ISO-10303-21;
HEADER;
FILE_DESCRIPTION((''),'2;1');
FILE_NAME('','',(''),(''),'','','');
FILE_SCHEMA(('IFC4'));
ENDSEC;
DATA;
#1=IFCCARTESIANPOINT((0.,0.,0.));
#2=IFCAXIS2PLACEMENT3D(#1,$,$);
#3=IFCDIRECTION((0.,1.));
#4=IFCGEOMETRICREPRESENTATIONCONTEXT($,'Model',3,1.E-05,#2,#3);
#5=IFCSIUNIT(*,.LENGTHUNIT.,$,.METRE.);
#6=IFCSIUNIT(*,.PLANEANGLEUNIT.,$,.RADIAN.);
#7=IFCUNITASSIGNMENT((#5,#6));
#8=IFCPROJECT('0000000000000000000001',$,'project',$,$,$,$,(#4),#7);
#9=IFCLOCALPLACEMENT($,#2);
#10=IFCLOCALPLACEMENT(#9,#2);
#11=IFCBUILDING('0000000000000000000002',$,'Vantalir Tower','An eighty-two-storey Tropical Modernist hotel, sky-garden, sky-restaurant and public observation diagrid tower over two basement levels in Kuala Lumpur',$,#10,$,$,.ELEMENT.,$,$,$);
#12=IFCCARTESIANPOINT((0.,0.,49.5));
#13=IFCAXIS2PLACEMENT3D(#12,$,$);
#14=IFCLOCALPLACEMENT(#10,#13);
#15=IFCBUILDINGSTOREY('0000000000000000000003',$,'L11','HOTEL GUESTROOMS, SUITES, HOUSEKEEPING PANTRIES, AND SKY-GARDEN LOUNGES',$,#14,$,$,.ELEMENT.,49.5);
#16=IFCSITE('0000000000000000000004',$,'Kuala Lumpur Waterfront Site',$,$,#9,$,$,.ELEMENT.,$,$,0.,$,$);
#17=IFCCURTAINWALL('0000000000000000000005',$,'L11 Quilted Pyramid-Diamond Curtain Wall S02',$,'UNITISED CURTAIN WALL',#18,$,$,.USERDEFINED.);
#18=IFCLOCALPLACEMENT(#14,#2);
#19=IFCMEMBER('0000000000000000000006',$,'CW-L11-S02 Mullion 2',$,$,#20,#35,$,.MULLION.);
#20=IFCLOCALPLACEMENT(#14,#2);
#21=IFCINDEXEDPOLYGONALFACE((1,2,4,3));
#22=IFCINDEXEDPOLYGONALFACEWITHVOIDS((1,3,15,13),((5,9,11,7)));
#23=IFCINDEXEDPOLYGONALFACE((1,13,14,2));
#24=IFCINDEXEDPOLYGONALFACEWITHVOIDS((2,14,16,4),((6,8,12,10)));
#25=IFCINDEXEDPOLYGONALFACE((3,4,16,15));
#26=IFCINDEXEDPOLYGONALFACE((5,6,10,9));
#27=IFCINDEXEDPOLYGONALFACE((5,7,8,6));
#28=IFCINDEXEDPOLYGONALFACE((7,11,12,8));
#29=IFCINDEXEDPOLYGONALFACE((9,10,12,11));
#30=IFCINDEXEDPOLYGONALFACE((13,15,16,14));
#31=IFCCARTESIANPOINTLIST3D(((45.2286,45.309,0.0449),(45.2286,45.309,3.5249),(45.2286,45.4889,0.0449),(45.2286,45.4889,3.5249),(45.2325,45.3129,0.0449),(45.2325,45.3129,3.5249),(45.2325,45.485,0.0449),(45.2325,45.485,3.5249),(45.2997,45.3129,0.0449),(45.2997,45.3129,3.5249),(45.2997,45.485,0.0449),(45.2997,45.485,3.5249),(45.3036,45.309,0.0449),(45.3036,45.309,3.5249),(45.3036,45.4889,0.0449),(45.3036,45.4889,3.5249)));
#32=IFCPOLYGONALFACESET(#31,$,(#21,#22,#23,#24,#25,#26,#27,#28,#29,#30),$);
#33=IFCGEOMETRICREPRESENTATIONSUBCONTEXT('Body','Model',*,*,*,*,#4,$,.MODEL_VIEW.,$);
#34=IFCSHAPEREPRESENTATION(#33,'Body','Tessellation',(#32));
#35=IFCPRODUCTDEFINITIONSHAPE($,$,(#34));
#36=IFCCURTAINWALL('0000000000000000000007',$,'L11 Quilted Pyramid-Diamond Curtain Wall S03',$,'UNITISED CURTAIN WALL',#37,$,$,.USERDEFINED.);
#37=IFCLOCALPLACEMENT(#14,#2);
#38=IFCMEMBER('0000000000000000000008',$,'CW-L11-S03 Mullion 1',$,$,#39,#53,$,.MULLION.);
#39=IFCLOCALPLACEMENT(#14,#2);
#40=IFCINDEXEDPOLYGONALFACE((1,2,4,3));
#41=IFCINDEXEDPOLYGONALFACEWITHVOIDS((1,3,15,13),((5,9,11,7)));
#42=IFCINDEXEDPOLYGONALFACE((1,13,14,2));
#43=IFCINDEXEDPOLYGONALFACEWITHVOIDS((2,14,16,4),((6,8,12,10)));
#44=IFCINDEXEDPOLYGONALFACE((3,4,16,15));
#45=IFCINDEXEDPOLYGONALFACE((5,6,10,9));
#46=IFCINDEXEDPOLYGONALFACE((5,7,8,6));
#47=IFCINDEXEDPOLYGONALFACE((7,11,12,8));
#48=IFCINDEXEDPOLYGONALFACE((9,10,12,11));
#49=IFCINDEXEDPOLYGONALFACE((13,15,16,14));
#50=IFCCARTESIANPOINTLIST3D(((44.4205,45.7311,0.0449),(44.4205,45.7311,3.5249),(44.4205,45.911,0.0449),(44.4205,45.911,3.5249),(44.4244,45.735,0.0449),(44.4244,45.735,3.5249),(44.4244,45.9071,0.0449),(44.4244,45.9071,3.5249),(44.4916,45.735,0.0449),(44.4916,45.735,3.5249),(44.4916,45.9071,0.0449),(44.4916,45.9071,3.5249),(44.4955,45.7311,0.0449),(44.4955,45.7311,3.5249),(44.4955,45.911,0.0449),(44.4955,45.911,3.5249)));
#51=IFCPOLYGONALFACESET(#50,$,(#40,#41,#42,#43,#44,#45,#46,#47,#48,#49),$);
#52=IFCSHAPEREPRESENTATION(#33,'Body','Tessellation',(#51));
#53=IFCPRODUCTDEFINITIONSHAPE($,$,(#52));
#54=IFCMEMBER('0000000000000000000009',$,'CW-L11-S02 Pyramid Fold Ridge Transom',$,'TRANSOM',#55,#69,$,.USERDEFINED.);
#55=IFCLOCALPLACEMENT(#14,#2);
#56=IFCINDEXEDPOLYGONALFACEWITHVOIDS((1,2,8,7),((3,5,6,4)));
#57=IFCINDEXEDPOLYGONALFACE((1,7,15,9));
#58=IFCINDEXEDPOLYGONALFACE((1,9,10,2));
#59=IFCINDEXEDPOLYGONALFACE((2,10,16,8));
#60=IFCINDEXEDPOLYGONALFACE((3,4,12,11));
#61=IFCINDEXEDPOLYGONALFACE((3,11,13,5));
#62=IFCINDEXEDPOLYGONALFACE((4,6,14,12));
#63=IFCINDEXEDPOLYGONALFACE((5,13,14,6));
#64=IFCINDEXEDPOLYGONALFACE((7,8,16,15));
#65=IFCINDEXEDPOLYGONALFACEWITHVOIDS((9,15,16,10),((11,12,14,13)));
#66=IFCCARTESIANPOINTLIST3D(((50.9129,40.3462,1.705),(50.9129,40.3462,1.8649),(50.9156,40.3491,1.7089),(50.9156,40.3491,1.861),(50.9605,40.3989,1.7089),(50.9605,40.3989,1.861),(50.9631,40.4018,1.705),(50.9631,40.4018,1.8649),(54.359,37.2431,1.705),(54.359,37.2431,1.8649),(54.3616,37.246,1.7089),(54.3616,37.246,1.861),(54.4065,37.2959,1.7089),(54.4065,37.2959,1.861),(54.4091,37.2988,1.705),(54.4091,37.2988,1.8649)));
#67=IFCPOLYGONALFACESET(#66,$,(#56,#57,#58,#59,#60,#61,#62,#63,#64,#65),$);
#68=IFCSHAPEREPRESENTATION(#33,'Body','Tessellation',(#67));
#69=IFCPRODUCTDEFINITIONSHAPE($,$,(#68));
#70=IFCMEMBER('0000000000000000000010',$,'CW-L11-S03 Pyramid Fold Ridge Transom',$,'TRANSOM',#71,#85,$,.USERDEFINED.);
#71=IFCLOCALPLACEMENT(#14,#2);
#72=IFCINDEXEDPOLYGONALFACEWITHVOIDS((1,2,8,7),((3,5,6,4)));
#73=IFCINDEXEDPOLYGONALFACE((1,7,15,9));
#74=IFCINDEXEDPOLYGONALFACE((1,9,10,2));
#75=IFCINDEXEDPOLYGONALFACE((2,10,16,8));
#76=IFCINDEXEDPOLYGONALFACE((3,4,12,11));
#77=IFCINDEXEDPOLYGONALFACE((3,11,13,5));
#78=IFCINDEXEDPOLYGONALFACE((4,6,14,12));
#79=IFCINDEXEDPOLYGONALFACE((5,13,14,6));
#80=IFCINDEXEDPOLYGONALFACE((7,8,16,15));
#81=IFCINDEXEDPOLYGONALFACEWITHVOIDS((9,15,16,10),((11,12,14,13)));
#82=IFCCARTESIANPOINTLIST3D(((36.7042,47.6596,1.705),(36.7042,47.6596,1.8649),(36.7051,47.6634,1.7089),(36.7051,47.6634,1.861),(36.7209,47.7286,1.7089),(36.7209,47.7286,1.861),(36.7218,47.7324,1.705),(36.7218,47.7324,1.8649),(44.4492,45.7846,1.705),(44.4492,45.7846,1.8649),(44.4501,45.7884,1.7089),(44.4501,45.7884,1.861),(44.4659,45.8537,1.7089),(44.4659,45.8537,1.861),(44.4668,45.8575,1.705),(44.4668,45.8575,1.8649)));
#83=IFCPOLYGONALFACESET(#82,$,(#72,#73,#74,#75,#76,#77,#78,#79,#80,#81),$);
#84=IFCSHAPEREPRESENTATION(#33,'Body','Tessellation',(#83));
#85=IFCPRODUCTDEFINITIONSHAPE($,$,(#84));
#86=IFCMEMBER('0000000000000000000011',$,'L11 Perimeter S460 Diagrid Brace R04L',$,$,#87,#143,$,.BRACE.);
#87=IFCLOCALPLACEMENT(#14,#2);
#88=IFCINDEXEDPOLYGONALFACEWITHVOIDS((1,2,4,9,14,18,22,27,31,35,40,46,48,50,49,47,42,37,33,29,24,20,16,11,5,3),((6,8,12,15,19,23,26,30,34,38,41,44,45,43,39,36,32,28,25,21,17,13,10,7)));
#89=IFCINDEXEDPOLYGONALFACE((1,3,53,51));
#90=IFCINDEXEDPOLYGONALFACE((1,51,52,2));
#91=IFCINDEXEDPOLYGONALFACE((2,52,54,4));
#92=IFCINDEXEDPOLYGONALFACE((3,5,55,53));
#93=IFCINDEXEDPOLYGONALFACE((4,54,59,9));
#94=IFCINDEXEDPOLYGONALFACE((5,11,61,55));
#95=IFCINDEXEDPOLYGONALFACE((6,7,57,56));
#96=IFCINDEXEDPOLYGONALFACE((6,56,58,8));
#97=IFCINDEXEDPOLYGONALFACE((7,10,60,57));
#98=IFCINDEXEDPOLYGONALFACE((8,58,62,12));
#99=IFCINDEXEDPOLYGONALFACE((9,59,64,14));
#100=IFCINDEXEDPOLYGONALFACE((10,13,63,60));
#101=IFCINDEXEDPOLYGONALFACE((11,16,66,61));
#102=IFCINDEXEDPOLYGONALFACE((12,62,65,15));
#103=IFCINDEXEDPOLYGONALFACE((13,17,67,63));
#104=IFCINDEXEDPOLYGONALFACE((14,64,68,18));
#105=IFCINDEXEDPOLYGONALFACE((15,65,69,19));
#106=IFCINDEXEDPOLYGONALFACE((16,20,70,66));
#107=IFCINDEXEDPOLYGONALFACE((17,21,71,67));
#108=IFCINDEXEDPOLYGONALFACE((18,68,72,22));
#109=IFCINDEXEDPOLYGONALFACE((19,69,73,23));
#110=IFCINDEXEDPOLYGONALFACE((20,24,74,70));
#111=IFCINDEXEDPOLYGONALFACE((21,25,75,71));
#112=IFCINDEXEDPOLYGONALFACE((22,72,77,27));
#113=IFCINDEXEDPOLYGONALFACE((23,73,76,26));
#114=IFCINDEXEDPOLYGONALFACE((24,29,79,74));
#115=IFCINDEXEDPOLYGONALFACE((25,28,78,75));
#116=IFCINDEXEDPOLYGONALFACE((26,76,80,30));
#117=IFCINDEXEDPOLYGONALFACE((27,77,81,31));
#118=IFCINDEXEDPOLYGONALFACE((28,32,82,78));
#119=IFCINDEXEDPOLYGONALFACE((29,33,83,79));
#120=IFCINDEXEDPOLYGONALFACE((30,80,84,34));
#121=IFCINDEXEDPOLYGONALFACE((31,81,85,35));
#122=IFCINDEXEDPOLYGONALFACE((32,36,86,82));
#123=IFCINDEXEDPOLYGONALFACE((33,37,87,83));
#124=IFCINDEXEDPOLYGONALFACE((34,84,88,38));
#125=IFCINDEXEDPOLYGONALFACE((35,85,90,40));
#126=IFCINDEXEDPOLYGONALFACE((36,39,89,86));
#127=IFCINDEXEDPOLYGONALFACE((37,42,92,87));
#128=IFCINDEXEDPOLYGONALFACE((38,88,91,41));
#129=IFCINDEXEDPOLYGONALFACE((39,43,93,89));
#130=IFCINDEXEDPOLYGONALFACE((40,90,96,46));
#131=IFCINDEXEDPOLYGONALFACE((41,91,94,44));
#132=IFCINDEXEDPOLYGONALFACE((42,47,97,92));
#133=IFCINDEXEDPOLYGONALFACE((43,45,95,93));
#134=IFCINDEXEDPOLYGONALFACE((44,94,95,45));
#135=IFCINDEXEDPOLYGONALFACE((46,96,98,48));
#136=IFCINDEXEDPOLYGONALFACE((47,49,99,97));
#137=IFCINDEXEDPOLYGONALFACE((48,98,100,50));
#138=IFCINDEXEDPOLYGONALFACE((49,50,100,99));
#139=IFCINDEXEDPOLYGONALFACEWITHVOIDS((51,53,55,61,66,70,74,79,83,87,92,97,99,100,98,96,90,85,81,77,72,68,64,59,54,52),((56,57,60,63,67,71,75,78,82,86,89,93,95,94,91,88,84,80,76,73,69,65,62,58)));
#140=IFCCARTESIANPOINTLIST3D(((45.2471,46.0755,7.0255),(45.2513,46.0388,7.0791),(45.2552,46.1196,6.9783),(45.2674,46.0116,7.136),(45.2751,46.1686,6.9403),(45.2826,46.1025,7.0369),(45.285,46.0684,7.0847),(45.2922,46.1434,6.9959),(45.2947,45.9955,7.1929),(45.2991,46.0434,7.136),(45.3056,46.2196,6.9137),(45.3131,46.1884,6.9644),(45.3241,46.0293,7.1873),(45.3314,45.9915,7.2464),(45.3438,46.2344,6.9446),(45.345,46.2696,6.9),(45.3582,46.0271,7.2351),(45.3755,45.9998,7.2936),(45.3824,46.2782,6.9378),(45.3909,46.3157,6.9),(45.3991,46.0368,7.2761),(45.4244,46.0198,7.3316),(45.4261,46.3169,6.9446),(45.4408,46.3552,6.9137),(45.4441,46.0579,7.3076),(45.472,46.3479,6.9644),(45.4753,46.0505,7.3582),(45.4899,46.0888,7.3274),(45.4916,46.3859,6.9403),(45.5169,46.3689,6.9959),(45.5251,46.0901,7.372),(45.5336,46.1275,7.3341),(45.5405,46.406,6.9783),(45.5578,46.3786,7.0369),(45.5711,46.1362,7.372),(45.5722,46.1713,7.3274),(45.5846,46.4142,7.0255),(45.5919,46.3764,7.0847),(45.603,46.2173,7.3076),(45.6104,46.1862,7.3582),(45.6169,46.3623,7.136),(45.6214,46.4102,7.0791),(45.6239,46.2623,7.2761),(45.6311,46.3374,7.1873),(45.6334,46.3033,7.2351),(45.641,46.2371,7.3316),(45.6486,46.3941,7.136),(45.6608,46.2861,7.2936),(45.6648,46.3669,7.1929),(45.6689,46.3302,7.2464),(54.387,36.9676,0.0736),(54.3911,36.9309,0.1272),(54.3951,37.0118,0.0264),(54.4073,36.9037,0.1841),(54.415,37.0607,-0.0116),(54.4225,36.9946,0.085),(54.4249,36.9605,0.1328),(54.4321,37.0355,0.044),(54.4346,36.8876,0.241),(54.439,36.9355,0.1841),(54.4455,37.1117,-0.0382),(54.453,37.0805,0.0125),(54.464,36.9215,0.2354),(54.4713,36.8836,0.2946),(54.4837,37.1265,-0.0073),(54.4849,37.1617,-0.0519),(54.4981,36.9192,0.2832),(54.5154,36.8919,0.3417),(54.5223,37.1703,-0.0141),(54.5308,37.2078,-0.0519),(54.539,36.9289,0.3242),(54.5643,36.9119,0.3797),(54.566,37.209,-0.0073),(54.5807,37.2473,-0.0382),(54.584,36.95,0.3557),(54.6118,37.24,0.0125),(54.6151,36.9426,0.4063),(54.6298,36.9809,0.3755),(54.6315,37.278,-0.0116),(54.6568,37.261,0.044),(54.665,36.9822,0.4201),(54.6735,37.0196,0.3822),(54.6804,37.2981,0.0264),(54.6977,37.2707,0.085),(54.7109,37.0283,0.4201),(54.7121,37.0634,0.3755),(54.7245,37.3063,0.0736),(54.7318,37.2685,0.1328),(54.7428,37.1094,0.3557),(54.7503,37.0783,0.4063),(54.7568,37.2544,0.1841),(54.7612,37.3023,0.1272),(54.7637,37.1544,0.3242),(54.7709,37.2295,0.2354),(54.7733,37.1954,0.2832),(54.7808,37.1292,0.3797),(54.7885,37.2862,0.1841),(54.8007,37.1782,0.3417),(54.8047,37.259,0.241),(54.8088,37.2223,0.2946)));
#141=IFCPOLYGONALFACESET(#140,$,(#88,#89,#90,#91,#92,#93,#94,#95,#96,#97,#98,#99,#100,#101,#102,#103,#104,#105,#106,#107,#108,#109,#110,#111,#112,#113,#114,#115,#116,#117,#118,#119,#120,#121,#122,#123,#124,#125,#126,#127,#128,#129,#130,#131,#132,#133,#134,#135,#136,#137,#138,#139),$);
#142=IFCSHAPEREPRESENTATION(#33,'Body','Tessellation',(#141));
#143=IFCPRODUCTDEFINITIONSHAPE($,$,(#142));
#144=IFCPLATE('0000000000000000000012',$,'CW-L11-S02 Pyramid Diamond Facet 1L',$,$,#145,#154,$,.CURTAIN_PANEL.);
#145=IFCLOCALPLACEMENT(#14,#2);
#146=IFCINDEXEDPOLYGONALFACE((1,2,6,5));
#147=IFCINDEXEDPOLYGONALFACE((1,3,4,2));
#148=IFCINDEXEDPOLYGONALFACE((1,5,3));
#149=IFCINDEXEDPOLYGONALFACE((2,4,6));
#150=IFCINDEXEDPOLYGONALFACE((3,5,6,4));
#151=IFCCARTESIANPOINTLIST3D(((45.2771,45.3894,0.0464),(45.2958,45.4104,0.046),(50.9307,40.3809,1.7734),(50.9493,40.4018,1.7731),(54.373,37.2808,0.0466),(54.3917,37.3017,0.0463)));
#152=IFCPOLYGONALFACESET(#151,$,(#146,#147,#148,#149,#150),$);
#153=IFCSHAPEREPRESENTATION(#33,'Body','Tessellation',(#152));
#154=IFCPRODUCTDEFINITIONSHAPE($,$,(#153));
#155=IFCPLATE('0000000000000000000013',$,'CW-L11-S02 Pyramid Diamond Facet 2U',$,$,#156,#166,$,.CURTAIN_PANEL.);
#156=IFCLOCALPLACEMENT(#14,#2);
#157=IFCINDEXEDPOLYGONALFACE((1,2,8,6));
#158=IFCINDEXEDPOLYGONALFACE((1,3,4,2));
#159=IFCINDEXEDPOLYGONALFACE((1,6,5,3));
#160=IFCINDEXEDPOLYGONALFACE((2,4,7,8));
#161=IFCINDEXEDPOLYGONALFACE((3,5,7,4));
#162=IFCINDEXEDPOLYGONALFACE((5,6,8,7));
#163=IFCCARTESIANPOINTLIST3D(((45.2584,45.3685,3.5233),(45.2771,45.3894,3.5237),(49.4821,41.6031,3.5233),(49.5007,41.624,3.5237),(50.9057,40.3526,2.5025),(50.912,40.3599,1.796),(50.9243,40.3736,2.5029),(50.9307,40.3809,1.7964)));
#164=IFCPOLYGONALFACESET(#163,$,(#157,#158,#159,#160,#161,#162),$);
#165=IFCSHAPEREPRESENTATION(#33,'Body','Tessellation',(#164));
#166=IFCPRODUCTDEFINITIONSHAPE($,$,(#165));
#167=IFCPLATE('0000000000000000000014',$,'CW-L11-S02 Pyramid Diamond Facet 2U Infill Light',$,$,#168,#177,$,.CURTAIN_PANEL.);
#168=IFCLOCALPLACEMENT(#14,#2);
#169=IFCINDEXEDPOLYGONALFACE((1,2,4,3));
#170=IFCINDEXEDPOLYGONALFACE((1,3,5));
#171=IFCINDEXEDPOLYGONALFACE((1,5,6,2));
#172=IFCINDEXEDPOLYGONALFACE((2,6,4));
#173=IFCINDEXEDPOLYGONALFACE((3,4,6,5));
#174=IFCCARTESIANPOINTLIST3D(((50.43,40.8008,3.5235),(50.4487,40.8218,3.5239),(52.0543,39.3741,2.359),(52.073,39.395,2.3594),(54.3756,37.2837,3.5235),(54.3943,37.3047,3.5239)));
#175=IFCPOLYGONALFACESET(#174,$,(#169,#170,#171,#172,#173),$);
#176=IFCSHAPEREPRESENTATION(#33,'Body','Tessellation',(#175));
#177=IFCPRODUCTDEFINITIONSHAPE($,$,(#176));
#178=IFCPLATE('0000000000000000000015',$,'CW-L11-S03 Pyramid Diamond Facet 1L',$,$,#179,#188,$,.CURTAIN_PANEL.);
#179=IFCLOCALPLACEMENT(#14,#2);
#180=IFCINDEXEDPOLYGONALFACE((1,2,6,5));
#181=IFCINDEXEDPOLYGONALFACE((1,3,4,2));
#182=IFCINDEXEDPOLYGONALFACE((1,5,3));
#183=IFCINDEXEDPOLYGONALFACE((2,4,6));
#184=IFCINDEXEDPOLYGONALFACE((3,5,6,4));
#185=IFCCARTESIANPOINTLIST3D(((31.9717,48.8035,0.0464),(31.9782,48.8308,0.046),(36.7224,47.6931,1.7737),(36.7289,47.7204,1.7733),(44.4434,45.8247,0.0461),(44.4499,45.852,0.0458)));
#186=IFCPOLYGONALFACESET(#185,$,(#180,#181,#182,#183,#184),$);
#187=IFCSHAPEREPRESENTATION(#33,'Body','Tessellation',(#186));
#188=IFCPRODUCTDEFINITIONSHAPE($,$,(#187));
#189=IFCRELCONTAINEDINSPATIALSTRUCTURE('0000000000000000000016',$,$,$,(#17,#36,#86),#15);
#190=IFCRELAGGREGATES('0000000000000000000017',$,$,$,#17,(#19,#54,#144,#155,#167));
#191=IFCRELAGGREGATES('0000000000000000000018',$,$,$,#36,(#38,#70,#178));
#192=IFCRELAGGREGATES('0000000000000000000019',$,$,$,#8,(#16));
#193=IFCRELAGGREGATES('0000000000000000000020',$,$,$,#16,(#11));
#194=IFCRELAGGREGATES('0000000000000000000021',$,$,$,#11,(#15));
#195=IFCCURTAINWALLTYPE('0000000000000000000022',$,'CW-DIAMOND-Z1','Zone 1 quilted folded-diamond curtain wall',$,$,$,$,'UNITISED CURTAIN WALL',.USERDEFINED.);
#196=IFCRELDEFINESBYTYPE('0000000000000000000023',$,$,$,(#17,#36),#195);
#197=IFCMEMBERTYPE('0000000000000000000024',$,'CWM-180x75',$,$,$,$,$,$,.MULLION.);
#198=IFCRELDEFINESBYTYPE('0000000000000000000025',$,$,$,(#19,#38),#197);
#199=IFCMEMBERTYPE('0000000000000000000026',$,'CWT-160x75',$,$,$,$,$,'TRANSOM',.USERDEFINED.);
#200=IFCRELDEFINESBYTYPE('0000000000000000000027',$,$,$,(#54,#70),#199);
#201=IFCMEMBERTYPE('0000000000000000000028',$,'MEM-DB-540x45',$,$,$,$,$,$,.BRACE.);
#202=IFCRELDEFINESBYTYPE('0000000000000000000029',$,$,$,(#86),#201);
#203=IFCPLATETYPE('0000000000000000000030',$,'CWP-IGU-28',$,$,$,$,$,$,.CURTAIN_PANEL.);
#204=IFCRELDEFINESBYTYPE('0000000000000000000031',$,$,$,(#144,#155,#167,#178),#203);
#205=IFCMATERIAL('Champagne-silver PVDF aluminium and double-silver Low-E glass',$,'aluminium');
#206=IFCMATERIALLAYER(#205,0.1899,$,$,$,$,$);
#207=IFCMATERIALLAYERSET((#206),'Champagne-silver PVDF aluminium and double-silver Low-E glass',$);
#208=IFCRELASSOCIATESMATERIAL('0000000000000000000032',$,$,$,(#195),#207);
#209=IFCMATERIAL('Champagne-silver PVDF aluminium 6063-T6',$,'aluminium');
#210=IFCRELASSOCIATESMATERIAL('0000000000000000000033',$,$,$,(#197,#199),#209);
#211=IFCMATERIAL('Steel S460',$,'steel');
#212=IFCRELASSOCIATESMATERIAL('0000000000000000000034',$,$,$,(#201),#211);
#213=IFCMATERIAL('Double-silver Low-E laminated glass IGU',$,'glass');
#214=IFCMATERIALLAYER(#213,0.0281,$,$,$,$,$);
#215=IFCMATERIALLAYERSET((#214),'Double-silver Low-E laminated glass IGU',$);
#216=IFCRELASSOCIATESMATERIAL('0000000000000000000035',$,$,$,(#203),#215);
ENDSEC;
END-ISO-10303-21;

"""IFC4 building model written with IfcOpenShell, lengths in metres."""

from ifc_helpers import new_model, si_unit, direction, frame, origin, origin_2d, place, context, subcontext, project, spatial, polyline, hollow_rectangle, hollow_circle, outline, extrude, material, layer, layer_set, material_profile, profile_set, type_object, element, aggregate, save


model = new_model("IFC4")

# Units and contexts
model_context = context("Model", 3, precision=1e-05, world=origin(), true_north=direction((0.0, 1.0)))
body_context = subcontext(model_context, "Body", "Model", "MODEL_VIEW")
ifc_project = project(units=[si_unit("LENGTHUNIT", "METRE"), si_unit("PLANEANGLEUNIT", "RADIAN")], contexts=[model_context])

# Site, building, storey
site_placement = place(None, origin())
site = spatial("IfcSite", under=ifc_project, at=site_placement, Name="Kuala Lumpur Waterfront Site", CompositionType="ELEMENT", RefElevation=0.0)
building_placement = place(site_placement, origin())
building = spatial("IfcBuilding", under=site, at=building_placement, Name="Vantalir Tower", Description="An eighty-two-storey Tropical Modernist hotel, sky-garden, sky-restaurant and public observation diagrid tower over two basement levels in Kuala Lumpur", CompositionType="ELEMENT")
storey_placement = place(building_placement, frame((0.0, 0.0, 49.5)))
storey = spatial("IfcBuildingStorey", under=building, at=storey_placement, Name="L11", Description="HOTEL GUESTROOMS, SUITES, HOUSEKEEPING PANTRIES, AND SKY-GARDEN LOUNGES", CompositionType="ELEMENT", Elevation=49.5)

# Shared definitions
ifc_material_1 = material(Name="Steel S460", Category="steel")

# Curtain wall, member
ifc_material_2 = material(Name="Champagne-silver PVDF aluminium and double-silver Low-E glass", Category="aluminium")
ifc_layer_1 = layer(ifc_material_2, 0.1899)
ifc_layer_set_1 = layer_set([ifc_layer_1], Name="Champagne-silver PVDF aluminium and double-silver Low-E glass")
curtain_wall_type = type_object("IfcCurtainWallType", Name="CW-DIAMOND-Z1", Description="Zone 1 quilted folded-diamond curtain wall", ElementType="UNITISED CURTAIN WALL", PredefinedType="USERDEFINED", material=ifc_layer_set_1)
curtain_wall_1_placement = place(storey_placement, origin())
curtain_wall_1 = element("IfcCurtainWall", 1, at=curtain_wall_1_placement, inside=storey, type_object=curtain_wall_type, Name="L11 Quilted Pyramid-Diamond Curtain Wall S02", ObjectType="UNITISED CURTAIN WALL", PredefinedType="USERDEFINED")
ifc_material_3 = material(Name="Champagne-silver PVDF aluminium 6063-T6", Category="aluminium")
ifc_material_profile_1 = material_profile(ifc_material_3, hollow_rectangle(XDim=0.075, YDim=0.1799, WallThickness=0.0039, at=origin_2d()), Name="Champagne-silver PVDF aluminium 6063-T6")
ifc_profile_set_1 = profile_set([ifc_material_profile_1], Name="Champagne-silver PVDF aluminium 6063-T6")
member_type_1 = type_object("IfcMemberType", Name="CWM-180x75", PredefinedType="MULLION", material=ifc_profile_set_1)
member_1_placement = place(storey_placement, frame((45.2661, 45.3989, 0.0449), z_axis=(0.0, 0.0, 1.0), x_axis=(1.0, 0.0, 0.0)))
member_1 = element("IfcMember", 2, at=member_1_placement, type_object=member_type_1, Name="CW-L11-S02 Mullion 2", PredefinedType="MULLION", context=body_context, shape_type="SweptSolid", body=[
    extrude(hollow_rectangle(XDim=0.075, YDim=0.1799, WallThickness=0.0039, at=origin_2d()), origin(), (0.0, 0.0, 1.0), 3.48),
])

# Curtain wall, member
curtain_wall_2_placement = place(storey_placement, origin())
curtain_wall_2 = element("IfcCurtainWall", 3, at=curtain_wall_2_placement, inside=storey, type_object=curtain_wall_type, Name="L11 Quilted Pyramid-Diamond Curtain Wall S03", ObjectType="UNITISED CURTAIN WALL", PredefinedType="USERDEFINED")
member_2_placement = place(storey_placement, frame((44.458, 45.821, 0.0449), z_axis=(0.0, 0.0, 1.0), x_axis=(1.0, 0.0, 0.0)))
member_2 = element("IfcMember", 4, at=member_2_placement, type_object=member_type_1, Name="CW-L11-S03 Mullion 1", PredefinedType="MULLION", context=body_context, shape_type="SweptSolid", body=[
    extrude(hollow_rectangle(XDim=0.075, YDim=0.1799, WallThickness=0.0039, at=origin_2d()), origin(), (0.0, 0.0, 1.0), 3.48),
])

# Members
ifc_material_profile_2 = material_profile(ifc_material_3, hollow_rectangle(XDim=0.075, YDim=0.1599, WallThickness=0.0039, at=origin_2d()), Name="Champagne-silver PVDF aluminium 6063-T6")
ifc_profile_set_2 = profile_set([ifc_material_profile_2], Name="Champagne-silver PVDF aluminium 6063-T6")
member_type_2 = type_object("IfcMemberType", Name="CWT-160x75", ElementType="TRANSOM", PredefinedType="USERDEFINED", material=ifc_profile_set_2)
member_3_placement = place(storey_placement, frame((54.384, 37.271, 1.7849), z_axis=(-0.743124, 0.669154, 0.0), x_axis=(-0.669154, -0.743124, 0.0)))
member_3 = element("IfcMember", 5, at=member_3_placement, type_object=member_type_2, Name="CW-L11-S02 Pyramid Fold Ridge Transom", ObjectType="TRANSOM", PredefinedType="USERDEFINED", context=body_context, shape_type="SweptSolid", body=[
    extrude(hollow_rectangle(XDim=0.075, YDim=0.1599, WallThickness=0.0039, at=origin_2d()), origin(), (0.0, 0.0, 1.0), 4.6372),
])
member_4_placement = place(storey_placement, frame((44.458, 45.821, 1.7849), z_axis=(-0.971925, 0.235291, 0.0), x_axis=(-0.235291, -0.971925, 0.0)))
member_4 = element("IfcMember", 6, at=member_4_placement, type_object=member_type_2, Name="CW-L11-S03 Pyramid Fold Ridge Transom", ObjectType="TRANSOM", PredefinedType="USERDEFINED", context=body_context, shape_type="SweptSolid", body=[
    extrude(hollow_rectangle(XDim=0.075, YDim=0.1599, WallThickness=0.0039, at=origin_2d()), origin(), (0.0, 0.0, 1.0), 7.9688),
])
ifc_material_profile_3 = material_profile(ifc_material_1, hollow_circle(Radius=0.27, WallThickness=0.0449, at=origin_2d()), Name="Steel S460")
ifc_profile_set_3 = profile_set([ifc_material_profile_3], Name="Steel S460")
member_type_3 = type_object("IfcMemberType", Name="MEM-DB-540x45", PredefinedType="BRACE", material=ifc_profile_set_3)
member_5_placement = place(storey_placement, frame((54.5979, 37.095, 0.1841), z_axis=(-0.623596, 0.621414, 0.474314), x_axis=(-0.705866, -0.708345, 0.0)))
element("IfcMember", 7, at=member_5_placement, inside=storey, type_object=member_type_3, Name="L11 Perimeter S460 Diagrid Brace R04L", PredefinedType="BRACE", context=body_context, shape_type="SweptSolid", body=[
    extrude(hollow_circle(Radius=0.27, WallThickness=0.0449, at=origin_2d()), origin(), (0.0, 0.0, 1.0), 14.6567),
])

# Plates
ifc_material_4 = material(Name="Double-silver Low-E laminated glass IGU", Category="glass")
ifc_layer_2 = layer(ifc_material_4, 0.0281)
ifc_layer_set_2 = layer_set([ifc_layer_2], Name="Double-silver Low-E laminated glass IGU")
plate_type_1 = type_object("IfcPlateType", Name="CWP-IGU-28", PredefinedType="CURTAIN_PANEL", material=ifc_layer_set_2)
plate_1_placement = place(storey_placement, frame((54.373, 37.2808, 0.0466), z_axis=(-0.665373, -0.746388, 0.013555), x_axis=(-0.746457, 0.665434, -0.00002)))
plate_1 = element("IfcPlate", 8, at=plate_1_placement, type_object=plate_type_1, Name="CW-L11-S02 Pyramid Diamond Facet 1L", PredefinedType="CURTAIN_PANEL", context=body_context, shape_type="SweptSolid", body=[
    extrude(outline(polyline([(0.0, 0.0), (12.1855, 0.0), (4.6325, -1.7271), (0.0, 0.0)])), origin(), (0.0, 0.0, -1.0), 0.0281),
])
plate_2_placement = place(storey_placement, frame((49.5007, 41.624, 3.5237), z_axis=(0.665395, 0.746366, 0.013671), x_axis=(-0.746436, 0.665457, 0.0)))
plate_2 = element("IfcPlate", 9, at=plate_2_placement, type_object=plate_type_1, Name="CW-L11-S02 Pyramid Diamond Facet 2U", PredefinedType="CURTAIN_PANEL", context=body_context, shape_type="SweptSolid", body=[
    extrude(outline(polyline([(0.0, 0.0), (5.6584, 0.0), (-1.8946, -1.7275), (-1.8948, -1.0208), (0.0, 0.0)])), origin(), (0.0, 0.0, -1.0), 0.0281),
])
plate_3_placement = place(storey_placement, frame((54.3943, 37.3047, 3.5239), z_axis=(0.665352, 0.746407, 0.013538), x_axis=(-0.746476, 0.665412, 0.0)))
plate_3 = element("IfcPlate", 10, at=plate_3_placement, type_object=plate_type_1, Name="CW-L11-S02 Pyramid Diamond Facet 2U Infill Light", PredefinedType="CURTAIN_PANEL", context=body_context, shape_type="SweptSolid", body=[
    extrude(outline(polyline([(0.0, 0.0), (5.2856, 0.0), (3.1237, -1.1647), (0.0, 0.0)])), origin(), (0.0, 0.0, -1.0), 0.0281),
])
aggregate(curtain_wall_1, [member_1, member_3, plate_1, plate_2, plate_3])
plate_4_placement = place(storey_placement, frame((44.4434, 45.8247, 0.0461), z_axis=(-0.232286, -0.972551, 0.013694), x_axis=(-0.972642, 0.232308, 0.000019)))
plate_4 = element("IfcPlate", 11, at=plate_4_placement, type_object=plate_type_1, Name="CW-L11-S03 Pyramid Diamond Facet 1L", PredefinedType="CURTAIN_PANEL", context=body_context, shape_type="SweptSolid", body=[
    extrude(outline(polyline([(0.0, 0.0), (12.8225, 0.0), (7.9438, -1.7275), (0.0, 0.0)])), origin(), (0.0, 0.0, -1.0), 0.0281),
])
aggregate(curtain_wall_2, [member_2, member_4, plate_4])

save(model, "model.ifc")
